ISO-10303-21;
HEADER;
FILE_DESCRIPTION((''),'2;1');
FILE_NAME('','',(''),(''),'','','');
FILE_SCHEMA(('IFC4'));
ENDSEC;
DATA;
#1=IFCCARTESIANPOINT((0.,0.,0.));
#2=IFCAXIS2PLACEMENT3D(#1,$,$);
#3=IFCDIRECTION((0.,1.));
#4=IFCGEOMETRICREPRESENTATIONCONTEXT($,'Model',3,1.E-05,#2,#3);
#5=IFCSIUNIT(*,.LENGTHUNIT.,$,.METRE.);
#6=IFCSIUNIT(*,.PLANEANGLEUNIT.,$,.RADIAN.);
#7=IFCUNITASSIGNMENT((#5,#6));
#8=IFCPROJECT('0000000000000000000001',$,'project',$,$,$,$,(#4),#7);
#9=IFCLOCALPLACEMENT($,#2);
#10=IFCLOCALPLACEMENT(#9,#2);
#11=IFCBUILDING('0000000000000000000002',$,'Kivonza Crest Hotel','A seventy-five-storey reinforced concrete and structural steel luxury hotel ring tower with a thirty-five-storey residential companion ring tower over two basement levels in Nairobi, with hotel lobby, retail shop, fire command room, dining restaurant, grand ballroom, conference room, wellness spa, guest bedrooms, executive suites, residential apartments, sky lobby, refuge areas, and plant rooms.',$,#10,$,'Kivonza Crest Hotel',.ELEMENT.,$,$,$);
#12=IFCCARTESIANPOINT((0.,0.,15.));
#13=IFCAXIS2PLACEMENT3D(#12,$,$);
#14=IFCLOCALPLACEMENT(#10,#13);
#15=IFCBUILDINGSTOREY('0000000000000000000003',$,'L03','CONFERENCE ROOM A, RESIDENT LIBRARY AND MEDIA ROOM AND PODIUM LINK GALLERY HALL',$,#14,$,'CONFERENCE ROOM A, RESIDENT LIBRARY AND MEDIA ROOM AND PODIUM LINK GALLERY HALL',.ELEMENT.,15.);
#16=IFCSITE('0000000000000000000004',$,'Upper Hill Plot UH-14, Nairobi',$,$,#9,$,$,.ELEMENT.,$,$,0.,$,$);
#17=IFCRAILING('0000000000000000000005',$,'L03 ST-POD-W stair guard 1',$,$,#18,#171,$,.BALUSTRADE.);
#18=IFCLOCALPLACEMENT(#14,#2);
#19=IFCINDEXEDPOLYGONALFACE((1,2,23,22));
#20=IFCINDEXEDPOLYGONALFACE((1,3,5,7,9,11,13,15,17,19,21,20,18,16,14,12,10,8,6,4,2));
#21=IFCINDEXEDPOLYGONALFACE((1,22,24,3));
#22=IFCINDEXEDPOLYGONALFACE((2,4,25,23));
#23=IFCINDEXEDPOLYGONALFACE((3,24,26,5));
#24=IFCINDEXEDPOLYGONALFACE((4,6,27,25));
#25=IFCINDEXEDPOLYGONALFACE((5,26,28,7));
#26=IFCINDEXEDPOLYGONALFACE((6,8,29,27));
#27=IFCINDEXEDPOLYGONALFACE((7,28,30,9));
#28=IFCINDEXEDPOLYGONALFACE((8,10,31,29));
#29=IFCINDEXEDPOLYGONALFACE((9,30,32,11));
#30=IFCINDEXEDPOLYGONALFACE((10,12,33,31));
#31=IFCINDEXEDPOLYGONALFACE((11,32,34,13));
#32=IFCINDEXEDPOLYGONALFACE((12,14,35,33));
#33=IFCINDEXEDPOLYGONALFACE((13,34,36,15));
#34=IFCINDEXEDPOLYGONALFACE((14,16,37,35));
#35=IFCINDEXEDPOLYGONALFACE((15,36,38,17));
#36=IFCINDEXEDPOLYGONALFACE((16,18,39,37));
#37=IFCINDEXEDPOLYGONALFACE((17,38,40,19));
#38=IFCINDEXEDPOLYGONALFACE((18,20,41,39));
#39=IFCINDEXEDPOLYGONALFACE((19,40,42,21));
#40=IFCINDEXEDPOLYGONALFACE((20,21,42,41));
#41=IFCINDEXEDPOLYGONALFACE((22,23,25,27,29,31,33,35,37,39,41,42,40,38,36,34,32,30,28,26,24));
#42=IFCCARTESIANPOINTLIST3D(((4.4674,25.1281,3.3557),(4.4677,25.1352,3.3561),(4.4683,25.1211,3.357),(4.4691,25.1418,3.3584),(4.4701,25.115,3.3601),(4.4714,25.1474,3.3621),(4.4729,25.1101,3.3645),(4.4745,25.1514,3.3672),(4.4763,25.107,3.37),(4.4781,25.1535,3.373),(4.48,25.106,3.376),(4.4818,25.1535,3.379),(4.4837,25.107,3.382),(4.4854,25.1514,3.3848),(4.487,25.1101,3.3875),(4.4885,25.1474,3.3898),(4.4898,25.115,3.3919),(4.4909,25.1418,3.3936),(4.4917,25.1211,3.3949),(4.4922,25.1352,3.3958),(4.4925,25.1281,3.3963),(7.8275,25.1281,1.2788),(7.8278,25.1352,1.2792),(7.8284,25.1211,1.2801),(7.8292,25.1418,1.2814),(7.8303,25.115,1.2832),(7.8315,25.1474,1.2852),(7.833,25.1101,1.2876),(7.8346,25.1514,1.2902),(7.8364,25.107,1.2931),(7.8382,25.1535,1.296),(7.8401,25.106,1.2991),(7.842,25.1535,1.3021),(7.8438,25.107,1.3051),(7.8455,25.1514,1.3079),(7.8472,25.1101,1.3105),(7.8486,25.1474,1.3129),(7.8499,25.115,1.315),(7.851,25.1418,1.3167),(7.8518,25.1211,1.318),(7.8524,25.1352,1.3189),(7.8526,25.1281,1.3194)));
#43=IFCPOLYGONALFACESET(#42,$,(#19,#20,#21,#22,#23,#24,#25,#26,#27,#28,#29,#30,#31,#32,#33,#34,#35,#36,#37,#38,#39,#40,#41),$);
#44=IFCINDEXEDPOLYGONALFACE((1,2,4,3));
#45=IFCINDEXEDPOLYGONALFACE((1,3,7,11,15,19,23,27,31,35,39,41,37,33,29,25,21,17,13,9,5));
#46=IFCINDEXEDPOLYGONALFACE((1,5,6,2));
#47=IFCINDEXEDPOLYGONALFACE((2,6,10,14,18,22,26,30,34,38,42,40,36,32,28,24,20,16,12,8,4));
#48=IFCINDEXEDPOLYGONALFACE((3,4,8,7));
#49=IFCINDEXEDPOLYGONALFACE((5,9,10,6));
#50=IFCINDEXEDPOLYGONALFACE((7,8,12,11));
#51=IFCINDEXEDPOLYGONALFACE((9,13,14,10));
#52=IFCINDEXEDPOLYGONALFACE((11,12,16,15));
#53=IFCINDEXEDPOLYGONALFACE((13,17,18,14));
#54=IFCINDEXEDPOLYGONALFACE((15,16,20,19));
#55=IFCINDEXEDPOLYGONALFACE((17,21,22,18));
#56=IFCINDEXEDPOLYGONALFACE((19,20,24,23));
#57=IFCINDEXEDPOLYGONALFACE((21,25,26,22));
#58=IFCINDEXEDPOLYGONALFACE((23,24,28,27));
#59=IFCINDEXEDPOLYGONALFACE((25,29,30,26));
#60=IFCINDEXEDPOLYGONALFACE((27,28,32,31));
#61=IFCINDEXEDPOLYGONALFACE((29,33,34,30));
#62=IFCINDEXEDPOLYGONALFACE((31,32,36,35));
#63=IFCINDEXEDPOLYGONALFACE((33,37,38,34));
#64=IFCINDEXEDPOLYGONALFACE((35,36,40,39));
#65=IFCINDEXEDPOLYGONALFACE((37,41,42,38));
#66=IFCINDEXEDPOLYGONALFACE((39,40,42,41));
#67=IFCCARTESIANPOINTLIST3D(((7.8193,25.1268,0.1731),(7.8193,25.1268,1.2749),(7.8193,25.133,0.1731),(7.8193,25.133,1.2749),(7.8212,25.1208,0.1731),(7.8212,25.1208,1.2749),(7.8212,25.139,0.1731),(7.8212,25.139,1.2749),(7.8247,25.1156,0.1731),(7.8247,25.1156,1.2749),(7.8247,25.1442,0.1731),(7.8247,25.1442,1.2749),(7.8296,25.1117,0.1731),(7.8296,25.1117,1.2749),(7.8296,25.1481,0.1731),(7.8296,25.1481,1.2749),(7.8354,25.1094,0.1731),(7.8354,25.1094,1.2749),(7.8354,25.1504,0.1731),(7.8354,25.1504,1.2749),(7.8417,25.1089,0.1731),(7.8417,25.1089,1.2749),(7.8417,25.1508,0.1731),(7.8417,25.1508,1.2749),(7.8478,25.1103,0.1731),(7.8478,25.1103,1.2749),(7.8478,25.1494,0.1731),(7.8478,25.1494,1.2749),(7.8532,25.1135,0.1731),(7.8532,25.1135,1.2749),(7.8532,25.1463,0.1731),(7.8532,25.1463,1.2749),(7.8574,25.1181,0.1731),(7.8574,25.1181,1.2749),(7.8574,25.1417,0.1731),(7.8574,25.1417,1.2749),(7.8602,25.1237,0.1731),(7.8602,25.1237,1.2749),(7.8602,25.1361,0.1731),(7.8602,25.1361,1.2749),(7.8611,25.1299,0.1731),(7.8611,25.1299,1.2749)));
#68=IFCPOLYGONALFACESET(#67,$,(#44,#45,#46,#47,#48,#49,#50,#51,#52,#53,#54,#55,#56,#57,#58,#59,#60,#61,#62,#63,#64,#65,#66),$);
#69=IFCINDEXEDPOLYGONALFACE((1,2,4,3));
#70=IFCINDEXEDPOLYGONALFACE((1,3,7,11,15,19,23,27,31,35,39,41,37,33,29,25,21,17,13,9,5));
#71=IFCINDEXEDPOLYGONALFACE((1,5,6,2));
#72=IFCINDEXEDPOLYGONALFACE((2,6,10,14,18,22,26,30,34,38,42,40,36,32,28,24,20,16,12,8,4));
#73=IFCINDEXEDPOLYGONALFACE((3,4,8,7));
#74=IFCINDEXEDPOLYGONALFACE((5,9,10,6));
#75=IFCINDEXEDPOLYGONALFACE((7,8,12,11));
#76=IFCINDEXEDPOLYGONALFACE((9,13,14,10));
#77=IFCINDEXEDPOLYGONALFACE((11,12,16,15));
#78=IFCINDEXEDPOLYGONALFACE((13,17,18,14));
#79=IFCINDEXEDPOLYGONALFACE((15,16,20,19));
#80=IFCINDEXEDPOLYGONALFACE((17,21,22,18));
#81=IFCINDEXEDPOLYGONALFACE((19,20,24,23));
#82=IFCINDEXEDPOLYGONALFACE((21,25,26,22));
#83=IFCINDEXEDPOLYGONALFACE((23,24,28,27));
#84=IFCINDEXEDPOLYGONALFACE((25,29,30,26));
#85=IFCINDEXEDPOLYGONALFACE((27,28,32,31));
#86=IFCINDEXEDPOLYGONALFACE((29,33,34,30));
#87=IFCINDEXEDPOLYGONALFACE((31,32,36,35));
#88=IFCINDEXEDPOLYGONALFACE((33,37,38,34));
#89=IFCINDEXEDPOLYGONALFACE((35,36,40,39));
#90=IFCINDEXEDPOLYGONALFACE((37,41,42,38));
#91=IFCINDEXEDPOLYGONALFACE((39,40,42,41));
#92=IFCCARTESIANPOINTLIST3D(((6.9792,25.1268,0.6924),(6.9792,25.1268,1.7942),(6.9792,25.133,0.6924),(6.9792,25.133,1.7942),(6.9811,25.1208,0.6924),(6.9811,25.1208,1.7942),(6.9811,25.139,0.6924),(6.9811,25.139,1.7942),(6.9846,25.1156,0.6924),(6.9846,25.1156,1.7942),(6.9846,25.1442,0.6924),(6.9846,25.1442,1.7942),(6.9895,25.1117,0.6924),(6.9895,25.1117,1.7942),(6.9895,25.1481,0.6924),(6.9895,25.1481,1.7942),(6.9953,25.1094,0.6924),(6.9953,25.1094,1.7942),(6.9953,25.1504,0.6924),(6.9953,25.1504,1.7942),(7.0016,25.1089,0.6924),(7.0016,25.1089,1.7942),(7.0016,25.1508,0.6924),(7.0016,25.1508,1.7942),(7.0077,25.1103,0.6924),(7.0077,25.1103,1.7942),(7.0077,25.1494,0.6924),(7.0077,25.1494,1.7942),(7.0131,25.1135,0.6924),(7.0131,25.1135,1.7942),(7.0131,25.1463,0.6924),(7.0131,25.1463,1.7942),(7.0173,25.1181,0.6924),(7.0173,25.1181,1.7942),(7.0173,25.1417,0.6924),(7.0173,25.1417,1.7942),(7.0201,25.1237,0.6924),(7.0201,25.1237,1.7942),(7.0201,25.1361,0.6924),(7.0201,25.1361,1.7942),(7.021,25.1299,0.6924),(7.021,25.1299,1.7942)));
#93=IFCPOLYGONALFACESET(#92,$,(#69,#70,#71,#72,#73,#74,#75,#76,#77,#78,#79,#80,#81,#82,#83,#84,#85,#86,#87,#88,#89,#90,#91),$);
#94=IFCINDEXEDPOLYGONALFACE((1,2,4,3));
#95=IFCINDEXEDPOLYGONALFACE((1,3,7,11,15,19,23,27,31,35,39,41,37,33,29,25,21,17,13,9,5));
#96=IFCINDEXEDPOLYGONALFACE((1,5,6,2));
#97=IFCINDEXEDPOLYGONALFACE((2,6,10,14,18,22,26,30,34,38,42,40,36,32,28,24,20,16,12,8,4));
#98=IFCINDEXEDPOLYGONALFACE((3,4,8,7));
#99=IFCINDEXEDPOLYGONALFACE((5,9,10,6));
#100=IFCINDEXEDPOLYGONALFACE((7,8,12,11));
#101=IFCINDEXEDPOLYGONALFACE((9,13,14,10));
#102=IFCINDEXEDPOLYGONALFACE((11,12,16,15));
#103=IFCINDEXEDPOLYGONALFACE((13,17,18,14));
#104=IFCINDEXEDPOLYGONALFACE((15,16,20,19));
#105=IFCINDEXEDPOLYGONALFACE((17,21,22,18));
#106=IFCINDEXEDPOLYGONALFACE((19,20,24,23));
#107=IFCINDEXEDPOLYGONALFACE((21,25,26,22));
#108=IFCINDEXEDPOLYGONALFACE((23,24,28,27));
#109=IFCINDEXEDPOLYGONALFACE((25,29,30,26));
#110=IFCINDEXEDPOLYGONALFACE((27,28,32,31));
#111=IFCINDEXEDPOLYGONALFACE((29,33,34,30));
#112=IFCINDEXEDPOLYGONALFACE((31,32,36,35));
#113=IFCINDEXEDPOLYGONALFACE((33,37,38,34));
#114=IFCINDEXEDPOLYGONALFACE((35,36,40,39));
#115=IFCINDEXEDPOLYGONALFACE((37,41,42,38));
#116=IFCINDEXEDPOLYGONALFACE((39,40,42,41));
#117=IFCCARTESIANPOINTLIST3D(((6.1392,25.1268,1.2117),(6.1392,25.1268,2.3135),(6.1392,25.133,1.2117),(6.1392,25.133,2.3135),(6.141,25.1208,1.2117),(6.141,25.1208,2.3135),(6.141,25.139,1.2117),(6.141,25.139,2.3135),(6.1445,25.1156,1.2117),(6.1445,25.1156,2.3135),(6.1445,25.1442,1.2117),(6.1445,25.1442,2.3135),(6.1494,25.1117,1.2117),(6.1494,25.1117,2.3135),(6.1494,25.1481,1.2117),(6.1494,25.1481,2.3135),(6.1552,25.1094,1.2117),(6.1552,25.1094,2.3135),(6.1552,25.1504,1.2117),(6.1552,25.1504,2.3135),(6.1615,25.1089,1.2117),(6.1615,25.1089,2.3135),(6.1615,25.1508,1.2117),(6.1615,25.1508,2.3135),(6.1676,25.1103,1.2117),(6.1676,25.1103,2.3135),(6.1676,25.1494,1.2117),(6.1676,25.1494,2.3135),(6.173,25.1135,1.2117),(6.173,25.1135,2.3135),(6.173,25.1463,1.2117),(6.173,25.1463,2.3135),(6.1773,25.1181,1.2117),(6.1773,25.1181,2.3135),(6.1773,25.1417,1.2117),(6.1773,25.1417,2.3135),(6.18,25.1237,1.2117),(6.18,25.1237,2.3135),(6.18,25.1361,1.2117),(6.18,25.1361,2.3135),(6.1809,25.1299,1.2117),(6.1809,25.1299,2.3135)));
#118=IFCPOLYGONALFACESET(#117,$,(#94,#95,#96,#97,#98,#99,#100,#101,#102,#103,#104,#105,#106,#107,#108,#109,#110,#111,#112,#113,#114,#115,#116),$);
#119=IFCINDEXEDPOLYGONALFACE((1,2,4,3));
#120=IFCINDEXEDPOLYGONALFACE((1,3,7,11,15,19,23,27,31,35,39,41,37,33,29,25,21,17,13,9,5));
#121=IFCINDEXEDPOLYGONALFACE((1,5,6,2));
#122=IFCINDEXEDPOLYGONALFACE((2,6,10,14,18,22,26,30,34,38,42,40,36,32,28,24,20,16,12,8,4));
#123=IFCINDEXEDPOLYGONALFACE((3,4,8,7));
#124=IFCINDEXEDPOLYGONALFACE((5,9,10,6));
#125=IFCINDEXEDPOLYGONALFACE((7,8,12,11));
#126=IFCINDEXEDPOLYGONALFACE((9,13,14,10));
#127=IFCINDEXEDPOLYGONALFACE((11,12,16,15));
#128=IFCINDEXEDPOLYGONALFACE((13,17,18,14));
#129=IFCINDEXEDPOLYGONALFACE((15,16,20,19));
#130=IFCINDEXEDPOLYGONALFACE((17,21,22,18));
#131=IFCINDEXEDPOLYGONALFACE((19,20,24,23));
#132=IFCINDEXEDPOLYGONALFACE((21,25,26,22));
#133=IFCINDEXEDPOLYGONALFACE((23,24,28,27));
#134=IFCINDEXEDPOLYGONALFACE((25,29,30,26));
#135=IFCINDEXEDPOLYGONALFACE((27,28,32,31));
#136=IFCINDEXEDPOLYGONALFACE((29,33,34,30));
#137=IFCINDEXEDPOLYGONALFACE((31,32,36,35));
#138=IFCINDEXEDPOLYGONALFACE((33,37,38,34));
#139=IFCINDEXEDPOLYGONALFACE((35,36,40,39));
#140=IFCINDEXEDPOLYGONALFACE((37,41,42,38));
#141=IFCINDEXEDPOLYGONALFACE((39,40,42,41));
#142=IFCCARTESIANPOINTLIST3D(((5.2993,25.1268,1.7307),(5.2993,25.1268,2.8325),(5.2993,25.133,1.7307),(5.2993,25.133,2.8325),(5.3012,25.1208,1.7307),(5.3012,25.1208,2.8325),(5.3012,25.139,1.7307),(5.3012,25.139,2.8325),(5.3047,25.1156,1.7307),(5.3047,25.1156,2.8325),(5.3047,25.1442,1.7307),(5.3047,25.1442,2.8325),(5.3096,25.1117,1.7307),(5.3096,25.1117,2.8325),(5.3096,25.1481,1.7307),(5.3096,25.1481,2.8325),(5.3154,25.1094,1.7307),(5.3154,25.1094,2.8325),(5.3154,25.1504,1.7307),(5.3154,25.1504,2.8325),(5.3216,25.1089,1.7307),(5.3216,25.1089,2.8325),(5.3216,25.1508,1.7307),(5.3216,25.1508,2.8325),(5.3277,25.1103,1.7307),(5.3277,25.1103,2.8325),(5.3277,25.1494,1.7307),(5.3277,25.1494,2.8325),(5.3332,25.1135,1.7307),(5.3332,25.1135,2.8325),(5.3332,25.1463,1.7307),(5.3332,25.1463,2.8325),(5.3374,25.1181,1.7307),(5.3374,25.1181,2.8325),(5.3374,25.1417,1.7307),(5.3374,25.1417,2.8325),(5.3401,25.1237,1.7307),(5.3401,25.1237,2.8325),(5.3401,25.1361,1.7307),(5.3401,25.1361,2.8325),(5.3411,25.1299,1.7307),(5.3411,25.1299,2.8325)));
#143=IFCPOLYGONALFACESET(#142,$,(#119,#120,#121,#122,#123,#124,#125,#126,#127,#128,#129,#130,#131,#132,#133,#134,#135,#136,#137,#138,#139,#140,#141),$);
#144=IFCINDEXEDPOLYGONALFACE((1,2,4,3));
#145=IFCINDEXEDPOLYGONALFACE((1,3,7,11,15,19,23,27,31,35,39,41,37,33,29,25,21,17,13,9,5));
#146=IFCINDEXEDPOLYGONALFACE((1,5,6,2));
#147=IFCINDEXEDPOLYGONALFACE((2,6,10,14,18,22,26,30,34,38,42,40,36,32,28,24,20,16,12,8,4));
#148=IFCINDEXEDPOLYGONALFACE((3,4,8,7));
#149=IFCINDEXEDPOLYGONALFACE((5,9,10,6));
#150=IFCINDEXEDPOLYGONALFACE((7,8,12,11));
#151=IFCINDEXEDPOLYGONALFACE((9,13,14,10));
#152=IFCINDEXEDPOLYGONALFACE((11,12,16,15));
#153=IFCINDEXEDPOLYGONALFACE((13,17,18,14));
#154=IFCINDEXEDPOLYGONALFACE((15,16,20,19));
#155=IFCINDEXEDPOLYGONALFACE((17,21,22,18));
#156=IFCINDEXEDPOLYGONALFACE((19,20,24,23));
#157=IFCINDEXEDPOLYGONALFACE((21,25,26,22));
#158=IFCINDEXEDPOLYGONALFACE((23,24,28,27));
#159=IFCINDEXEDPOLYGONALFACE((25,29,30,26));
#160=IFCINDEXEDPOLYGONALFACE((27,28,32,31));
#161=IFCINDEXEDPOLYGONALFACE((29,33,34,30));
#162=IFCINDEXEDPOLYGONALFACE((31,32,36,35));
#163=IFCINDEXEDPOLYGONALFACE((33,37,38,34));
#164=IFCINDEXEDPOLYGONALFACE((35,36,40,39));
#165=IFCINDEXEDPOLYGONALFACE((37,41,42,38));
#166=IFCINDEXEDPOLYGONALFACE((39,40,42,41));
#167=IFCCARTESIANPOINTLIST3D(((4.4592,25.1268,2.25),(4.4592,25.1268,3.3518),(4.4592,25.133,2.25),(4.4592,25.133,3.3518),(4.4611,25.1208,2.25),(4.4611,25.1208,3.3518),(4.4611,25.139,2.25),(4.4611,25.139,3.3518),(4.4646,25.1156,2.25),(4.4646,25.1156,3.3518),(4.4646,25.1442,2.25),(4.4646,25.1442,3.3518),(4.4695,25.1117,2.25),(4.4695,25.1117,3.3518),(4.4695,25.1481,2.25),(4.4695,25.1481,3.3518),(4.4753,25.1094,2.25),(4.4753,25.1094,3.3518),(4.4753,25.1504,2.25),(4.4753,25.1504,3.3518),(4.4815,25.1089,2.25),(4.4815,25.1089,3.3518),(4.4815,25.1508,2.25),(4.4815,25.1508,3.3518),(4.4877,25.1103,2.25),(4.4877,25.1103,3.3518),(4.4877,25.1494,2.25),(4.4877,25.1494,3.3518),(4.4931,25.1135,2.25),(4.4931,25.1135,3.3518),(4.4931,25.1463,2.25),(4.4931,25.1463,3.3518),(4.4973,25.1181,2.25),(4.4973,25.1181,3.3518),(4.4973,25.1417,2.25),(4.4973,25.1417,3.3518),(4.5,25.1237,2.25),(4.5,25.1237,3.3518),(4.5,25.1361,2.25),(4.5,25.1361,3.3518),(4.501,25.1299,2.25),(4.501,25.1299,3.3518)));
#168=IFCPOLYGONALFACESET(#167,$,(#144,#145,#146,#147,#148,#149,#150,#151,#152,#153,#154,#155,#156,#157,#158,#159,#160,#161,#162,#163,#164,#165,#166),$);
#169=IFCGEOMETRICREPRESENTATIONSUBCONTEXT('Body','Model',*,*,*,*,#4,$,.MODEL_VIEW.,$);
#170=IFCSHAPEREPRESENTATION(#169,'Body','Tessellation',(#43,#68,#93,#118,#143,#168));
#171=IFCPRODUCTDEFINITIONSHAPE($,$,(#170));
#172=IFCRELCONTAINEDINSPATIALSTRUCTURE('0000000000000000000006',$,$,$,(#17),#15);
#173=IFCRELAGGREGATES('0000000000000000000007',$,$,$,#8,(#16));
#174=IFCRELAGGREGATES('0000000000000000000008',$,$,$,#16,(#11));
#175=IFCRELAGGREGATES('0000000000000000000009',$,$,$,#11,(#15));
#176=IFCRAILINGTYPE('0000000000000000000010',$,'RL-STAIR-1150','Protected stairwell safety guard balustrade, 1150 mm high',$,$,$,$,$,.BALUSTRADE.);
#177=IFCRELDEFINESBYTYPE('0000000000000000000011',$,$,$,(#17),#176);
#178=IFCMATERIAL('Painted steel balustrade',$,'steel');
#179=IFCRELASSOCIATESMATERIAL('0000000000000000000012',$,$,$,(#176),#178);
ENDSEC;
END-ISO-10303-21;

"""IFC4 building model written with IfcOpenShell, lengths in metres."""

from ifc_helpers import new_model, si_unit, direction, frame, origin, origin_2d, place, context, subcontext, project, spatial, circle, extrude, material, type_object, element, save


model = new_model("IFC4")

# Units and contexts
model_context = context("Model", 3, precision=1e-05, world=origin(), true_north=direction((0.0, 1.0)))
body_context = subcontext(model_context, "Body", "Model", "MODEL_VIEW")
ifc_project = project(units=[si_unit("LENGTHUNIT", "METRE"), si_unit("PLANEANGLEUNIT", "RADIAN")], contexts=[model_context])

# Site, building, storey
site_placement = place(None, origin())
site = spatial("IfcSite", under=ifc_project, at=site_placement, Name="Upper Hill Plot UH-14, Nairobi", CompositionType="ELEMENT", RefElevation=0.0)
building_placement = place(site_placement, origin())
building = spatial("IfcBuilding", under=site, at=building_placement, Name="Kivonza Crest Hotel", Description="A seventy-five-storey reinforced concrete and structural steel luxury hotel ring tower with a thirty-five-storey residential companion ring tower over two basement levels in Nairobi, with hotel lobby, retail shop, fire command room, dining restaurant, grand ballroom, conference room, wellness spa, guest bedrooms, executive suites, residential apartments, sky lobby, refuge areas, and plant rooms.", LongName="Kivonza Crest Hotel", CompositionType="ELEMENT")
storey_placement = place(building_placement, frame((0.0, 0.0, 15.0)))
storey = spatial("IfcBuildingStorey", under=building, at=storey_placement, Name="L03", Description="CONFERENCE ROOM A, RESIDENT LIBRARY AND MEDIA ROOM AND PODIUM LINK GALLERY HALL", LongName="CONFERENCE ROOM A, RESIDENT LIBRARY AND MEDIA ROOM AND PODIUM LINK GALLERY HALL", CompositionType="ELEMENT", Elevation=15.0)

# Railing
ifc_material_1 = material(Name="Painted steel balustrade", Category="steel")
railing_type_1 = type_object("IfcRailingType", Name="RL-STAIR-1150", Description="Protected stairwell safety guard balustrade, 1150 mm high", PredefinedType="BALUSTRADE", material=ifc_material_1)
railing_1_placement = place(storey_placement, frame((7.8401, 25.1299, 0.1731)))
element("IfcRailing", 1, at=railing_1_placement, inside=storey, type_object=railing_type_1, Name="L03 ST-POD-W stair guard 1", PredefinedType="BALUSTRADE", context=body_context, shape_type="SweptSolid", body=[
    extrude(circle(Radius=0.0239, at=origin_2d()), frame((0.0, 0.0, 1.126), z_axis=(-0.850623, 0.0, 0.525776), x_axis=(0.0, -1.0, 0.0)), (0.0, 0.0, 1.0), 3.9502),
    extrude(circle(Radius=0.021, at=origin_2d()), origin(), (0.0, 0.0, 1.0), 1.1018),
    extrude(circle(Radius=0.021, at=origin_2d()), frame((-0.8401, 0.0, 0.5193)), (0.0, 0.0, 1.0), 1.1018),
    extrude(circle(Radius=0.021, at=origin_2d()), frame((-1.6802, 0.0, 1.0386)), (0.0, 0.0, 1.0), 1.1018),
    extrude(circle(Radius=0.021, at=origin_2d()), frame((-2.52, 0.0, 1.5576)), (0.0, 0.0, 1.0), 1.1018),
    extrude(circle(Radius=0.021, at=origin_2d()), frame((-3.3601, 0.0, 2.0769)), (0.0, 0.0, 1.0), 1.1018),
])

save(model, "model.ifc")
